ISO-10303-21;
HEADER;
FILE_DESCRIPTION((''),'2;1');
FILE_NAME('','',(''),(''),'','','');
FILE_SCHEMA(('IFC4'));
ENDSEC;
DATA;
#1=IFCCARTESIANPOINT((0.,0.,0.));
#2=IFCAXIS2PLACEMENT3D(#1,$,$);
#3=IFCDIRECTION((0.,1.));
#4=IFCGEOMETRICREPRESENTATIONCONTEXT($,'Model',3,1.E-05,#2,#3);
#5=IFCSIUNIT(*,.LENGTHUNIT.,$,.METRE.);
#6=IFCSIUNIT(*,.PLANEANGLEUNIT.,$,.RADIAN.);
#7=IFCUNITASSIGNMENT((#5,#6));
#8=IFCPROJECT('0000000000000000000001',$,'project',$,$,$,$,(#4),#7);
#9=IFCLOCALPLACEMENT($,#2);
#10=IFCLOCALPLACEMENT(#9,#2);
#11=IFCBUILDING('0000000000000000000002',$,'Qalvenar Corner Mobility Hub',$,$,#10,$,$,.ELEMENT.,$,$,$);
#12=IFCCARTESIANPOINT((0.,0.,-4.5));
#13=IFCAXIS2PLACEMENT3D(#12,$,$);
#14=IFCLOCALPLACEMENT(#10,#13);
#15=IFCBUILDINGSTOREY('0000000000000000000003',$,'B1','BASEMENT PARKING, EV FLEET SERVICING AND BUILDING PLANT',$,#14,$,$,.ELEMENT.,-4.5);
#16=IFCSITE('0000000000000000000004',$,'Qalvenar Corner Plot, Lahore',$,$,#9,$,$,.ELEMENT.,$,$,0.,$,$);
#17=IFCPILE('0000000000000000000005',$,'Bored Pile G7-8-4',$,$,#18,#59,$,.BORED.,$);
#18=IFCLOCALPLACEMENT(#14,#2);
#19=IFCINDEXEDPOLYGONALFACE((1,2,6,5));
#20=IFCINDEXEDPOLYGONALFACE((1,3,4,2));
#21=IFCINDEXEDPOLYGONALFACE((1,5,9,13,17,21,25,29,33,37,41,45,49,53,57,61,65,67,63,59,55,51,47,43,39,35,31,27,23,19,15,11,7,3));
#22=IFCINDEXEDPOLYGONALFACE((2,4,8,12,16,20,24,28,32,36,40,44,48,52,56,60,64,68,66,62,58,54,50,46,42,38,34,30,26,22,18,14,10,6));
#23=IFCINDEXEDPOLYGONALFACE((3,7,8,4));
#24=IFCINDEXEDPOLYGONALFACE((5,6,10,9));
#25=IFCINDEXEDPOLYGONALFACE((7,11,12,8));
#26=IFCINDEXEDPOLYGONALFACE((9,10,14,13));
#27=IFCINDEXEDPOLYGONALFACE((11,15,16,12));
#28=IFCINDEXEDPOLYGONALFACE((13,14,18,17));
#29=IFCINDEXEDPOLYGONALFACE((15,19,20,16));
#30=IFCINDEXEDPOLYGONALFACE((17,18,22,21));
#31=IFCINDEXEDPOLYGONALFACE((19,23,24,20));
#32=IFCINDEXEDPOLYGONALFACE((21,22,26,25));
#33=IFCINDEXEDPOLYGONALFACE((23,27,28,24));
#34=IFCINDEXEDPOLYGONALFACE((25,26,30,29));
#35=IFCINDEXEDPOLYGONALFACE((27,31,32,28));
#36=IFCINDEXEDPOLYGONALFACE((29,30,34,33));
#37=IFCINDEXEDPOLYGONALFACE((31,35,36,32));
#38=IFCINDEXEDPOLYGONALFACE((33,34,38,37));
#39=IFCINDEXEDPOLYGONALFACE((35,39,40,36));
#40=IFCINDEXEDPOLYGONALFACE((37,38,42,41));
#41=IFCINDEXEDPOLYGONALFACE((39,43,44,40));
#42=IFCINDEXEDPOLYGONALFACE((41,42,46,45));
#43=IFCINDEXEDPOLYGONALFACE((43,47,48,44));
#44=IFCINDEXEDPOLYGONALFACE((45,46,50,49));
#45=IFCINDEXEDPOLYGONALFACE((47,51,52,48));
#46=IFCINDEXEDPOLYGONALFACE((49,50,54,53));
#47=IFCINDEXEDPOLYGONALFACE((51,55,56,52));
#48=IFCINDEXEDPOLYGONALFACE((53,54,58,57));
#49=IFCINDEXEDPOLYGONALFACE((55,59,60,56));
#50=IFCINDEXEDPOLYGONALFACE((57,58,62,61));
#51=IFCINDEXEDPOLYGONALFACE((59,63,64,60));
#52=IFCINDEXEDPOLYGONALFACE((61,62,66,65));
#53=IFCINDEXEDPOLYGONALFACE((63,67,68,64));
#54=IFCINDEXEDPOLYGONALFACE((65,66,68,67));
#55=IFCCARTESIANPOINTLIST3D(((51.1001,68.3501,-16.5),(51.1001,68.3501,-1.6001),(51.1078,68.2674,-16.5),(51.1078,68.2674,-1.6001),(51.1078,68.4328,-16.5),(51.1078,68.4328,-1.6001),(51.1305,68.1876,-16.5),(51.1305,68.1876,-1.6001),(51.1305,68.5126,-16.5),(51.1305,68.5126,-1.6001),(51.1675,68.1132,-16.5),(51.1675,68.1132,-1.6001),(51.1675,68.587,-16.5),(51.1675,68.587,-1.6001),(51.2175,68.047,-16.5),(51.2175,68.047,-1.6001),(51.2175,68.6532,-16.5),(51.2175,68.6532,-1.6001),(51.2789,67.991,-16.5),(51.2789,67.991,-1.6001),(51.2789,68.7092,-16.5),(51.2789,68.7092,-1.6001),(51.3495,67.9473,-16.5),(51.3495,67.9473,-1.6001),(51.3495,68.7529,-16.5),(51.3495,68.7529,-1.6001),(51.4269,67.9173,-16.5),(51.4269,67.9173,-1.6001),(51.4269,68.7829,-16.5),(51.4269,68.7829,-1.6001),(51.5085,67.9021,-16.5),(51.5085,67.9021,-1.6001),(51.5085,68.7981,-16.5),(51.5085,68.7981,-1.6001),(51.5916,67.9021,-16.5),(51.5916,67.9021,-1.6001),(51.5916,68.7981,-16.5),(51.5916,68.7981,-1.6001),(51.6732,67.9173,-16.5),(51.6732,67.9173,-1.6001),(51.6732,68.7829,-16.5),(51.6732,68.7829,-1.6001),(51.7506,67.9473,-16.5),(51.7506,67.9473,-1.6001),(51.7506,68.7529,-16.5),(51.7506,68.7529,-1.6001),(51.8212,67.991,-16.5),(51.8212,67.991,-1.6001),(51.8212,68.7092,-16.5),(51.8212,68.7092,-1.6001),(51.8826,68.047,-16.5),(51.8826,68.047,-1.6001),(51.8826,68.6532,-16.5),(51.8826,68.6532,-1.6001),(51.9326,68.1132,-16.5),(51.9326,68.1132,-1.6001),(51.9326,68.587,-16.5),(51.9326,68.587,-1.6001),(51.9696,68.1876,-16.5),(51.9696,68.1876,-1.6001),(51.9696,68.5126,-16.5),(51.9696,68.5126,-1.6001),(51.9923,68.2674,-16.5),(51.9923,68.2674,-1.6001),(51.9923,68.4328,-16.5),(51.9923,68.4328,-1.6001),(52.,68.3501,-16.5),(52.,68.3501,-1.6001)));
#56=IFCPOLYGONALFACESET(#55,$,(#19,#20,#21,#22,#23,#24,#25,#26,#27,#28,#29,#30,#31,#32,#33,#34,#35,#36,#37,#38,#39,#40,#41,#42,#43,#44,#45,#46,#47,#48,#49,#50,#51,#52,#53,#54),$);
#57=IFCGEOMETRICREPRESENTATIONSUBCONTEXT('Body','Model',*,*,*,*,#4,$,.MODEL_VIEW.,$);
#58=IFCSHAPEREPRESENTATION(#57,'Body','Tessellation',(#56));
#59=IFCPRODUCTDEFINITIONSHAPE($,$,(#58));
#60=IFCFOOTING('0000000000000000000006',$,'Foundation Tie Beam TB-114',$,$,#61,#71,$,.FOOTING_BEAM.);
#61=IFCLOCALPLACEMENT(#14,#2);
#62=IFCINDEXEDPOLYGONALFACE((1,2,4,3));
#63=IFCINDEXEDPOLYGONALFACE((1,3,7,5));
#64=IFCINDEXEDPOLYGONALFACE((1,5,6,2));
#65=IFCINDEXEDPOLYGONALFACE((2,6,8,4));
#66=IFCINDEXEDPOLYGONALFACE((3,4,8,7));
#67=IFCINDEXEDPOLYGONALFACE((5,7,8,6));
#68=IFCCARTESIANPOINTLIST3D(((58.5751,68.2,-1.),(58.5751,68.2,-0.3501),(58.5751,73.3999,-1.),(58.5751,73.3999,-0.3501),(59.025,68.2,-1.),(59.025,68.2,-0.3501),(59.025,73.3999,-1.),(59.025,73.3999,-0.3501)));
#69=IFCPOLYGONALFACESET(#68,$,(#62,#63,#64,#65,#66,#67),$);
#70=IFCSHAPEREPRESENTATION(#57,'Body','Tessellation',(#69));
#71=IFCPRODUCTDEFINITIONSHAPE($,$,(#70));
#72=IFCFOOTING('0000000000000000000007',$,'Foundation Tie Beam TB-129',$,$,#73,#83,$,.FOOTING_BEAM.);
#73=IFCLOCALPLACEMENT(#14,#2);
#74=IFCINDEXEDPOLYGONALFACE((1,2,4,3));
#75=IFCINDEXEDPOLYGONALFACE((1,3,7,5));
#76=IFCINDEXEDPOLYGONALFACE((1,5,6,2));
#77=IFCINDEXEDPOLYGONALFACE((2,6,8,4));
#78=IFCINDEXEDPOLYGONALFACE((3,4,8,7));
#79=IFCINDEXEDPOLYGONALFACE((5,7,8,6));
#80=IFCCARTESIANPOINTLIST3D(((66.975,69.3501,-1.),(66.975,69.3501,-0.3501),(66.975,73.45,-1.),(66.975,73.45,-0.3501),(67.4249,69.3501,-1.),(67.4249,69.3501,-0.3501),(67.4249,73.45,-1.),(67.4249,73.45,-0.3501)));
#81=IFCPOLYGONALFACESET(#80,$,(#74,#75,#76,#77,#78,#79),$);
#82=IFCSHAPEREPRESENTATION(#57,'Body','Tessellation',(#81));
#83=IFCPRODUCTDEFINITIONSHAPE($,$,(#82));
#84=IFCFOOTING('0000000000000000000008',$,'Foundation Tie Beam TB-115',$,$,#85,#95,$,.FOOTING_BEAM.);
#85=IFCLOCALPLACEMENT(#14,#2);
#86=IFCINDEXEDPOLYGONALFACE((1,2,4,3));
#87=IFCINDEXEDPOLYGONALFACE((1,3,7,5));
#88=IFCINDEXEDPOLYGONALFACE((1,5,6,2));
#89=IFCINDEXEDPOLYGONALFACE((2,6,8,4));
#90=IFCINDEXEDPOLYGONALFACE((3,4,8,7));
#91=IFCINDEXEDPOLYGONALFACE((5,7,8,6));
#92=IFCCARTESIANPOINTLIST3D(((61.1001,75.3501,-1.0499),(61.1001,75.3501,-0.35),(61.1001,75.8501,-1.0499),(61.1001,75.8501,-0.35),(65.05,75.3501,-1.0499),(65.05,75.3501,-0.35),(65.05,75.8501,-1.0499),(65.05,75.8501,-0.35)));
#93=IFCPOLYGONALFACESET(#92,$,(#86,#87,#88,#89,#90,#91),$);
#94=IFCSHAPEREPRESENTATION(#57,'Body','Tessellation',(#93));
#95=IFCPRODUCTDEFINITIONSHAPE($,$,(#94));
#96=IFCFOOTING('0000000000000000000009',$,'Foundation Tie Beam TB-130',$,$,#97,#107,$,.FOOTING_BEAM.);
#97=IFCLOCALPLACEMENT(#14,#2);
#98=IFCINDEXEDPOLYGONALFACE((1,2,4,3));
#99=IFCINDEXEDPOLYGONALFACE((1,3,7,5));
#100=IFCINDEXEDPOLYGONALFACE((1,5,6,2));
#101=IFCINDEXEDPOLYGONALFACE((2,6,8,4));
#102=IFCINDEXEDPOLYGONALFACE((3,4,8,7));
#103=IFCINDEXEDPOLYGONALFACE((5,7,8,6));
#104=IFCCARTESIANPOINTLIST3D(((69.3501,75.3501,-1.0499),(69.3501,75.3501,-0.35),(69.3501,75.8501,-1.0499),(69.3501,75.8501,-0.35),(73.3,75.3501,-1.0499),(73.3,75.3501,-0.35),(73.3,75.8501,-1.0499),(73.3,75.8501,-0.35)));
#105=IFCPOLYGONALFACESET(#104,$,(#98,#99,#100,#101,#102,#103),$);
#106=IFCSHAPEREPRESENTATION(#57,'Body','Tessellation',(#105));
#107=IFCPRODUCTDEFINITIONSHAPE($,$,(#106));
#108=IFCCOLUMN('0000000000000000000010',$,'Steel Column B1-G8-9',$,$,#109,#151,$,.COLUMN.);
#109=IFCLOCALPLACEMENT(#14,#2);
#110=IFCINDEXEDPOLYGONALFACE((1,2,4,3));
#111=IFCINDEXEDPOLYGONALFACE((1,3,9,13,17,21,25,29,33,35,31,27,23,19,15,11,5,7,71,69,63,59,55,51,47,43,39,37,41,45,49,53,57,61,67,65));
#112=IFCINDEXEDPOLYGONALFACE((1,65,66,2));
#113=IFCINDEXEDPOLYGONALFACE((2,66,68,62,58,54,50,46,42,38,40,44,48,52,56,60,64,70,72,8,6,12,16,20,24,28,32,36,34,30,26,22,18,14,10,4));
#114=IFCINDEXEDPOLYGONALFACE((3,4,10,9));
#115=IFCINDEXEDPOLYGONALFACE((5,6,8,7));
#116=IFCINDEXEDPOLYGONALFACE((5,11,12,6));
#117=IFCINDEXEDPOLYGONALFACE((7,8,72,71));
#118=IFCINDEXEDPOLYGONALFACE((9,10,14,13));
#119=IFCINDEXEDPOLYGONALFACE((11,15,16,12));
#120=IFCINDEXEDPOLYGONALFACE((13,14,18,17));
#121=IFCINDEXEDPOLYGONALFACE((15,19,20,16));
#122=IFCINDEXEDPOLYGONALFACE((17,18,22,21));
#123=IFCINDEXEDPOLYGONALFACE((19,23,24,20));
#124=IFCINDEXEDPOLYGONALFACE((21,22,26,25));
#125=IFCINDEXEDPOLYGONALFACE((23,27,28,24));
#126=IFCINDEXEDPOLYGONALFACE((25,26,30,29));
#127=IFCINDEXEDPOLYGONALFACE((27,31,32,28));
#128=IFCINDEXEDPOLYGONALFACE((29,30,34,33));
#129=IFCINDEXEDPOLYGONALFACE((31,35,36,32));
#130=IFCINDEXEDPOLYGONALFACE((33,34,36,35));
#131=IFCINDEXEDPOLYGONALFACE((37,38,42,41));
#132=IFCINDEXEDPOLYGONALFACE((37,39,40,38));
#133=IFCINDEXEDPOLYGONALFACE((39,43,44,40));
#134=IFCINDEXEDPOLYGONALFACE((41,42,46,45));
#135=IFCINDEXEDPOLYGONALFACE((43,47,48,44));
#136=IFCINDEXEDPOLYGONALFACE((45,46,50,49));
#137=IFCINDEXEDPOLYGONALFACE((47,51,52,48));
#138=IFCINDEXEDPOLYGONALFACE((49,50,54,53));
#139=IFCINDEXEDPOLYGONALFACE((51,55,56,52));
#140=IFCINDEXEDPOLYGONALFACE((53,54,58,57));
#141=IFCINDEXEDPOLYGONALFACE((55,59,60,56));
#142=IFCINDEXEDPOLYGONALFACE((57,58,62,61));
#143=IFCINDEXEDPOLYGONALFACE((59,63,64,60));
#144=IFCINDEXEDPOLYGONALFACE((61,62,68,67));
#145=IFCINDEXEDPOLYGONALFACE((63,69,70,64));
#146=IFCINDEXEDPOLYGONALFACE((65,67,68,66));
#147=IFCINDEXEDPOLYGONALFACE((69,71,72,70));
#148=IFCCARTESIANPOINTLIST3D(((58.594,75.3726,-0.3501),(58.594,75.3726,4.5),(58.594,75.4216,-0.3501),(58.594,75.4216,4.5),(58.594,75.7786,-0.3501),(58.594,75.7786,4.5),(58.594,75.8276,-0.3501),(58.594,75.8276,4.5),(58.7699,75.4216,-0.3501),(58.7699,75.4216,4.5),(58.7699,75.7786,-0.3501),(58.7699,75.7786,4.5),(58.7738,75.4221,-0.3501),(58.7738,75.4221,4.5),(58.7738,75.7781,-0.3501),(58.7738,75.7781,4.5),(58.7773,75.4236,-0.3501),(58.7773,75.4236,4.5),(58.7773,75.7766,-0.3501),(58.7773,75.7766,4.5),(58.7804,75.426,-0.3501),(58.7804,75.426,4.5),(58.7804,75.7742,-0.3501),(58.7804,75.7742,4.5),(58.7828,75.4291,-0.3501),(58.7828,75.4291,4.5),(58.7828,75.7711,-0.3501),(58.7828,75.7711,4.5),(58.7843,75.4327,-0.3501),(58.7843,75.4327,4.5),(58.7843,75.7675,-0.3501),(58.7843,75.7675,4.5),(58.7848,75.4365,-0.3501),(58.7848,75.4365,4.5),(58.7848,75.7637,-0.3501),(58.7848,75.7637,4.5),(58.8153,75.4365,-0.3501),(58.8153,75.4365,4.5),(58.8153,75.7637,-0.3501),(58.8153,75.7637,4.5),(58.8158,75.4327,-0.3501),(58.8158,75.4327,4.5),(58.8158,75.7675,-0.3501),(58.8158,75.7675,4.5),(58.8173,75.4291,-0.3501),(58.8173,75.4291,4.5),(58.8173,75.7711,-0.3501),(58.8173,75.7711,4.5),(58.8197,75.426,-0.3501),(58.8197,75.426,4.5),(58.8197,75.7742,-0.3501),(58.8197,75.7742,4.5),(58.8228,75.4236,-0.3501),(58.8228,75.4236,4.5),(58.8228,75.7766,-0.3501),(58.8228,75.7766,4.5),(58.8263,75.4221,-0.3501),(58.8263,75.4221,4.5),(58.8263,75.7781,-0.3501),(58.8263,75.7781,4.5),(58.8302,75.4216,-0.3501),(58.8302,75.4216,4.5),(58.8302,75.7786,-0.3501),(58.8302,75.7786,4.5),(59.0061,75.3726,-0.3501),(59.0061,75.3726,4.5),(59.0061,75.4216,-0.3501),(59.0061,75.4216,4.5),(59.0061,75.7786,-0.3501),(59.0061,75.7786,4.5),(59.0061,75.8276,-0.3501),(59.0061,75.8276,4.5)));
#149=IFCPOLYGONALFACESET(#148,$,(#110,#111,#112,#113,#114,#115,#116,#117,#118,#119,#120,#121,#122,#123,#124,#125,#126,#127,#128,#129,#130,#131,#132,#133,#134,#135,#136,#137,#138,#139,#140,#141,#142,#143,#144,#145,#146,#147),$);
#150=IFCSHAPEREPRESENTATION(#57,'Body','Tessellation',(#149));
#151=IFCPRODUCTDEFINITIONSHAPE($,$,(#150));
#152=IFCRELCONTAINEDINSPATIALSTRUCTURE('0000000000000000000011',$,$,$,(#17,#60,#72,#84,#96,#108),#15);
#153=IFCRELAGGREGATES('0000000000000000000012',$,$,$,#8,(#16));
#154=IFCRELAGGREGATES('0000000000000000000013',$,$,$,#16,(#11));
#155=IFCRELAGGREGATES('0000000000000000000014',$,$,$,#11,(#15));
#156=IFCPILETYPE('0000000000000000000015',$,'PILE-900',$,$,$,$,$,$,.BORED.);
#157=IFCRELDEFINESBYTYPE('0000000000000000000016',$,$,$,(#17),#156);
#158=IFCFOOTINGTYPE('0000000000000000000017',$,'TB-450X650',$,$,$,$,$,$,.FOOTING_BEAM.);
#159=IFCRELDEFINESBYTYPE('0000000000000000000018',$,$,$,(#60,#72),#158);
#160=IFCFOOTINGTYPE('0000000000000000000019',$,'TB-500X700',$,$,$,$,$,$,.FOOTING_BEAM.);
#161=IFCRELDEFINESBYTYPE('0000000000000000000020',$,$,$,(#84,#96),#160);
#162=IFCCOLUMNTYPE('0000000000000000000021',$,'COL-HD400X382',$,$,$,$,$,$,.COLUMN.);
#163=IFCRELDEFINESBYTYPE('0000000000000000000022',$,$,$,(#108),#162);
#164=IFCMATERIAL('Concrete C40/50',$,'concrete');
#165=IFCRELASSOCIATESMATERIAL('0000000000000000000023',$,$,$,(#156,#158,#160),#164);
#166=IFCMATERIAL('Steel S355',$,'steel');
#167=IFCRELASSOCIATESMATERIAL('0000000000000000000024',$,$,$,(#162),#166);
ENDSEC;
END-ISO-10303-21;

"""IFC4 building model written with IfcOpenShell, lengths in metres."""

from ifc_helpers import new_model, si_unit, direction, frame, origin, origin_2d, place, context, subcontext, project, spatial, rectangle, circle, i_section, extrude, material, material_profile, profile_set, type_object, element, save


model = new_model("IFC4")

# Units and contexts
model_context = context("Model", 3, precision=1e-05, world=origin(), true_north=direction((0.0, 1.0)))
body_context = subcontext(model_context, "Body", "Model", "MODEL_VIEW")
ifc_project = project(units=[si_unit("LENGTHUNIT", "METRE"), si_unit("PLANEANGLEUNIT", "RADIAN")], contexts=[model_context])

# Site, building, storey
site_placement = place(None, origin())
site = spatial("IfcSite", under=ifc_project, at=site_placement, Name="Qalvenar Corner Plot, Lahore", CompositionType="ELEMENT", RefElevation=0.0)
building_placement = place(site_placement, origin())
building = spatial("IfcBuilding", under=site, at=building_placement, Name="Qalvenar Corner Mobility Hub", CompositionType="ELEMENT")
storey_placement = place(building_placement, frame((0.0, 0.0, -4.5)))
storey = spatial("IfcBuildingStorey", under=building, at=storey_placement, Name="B1", Description="BASEMENT PARKING, EV FLEET SERVICING AND BUILDING PLANT", CompositionType="ELEMENT", Elevation=-4.5)

# Shared definitions
ifc_material_1 = material(Name="Concrete C40/50", Category="concrete")

# Pile
ifc_material_profile_1 = material_profile(ifc_material_1, circle(Radius=0.45, at=origin_2d()), Name="DIA900")
ifc_profile_set_1 = profile_set([ifc_material_profile_1], Name="Concrete C40/50")
pile_type_1 = type_object("IfcPileType", Name="PILE-900", PredefinedType="BORED", material=ifc_profile_set_1)
for number, where, z_axis, x_axis, name in (
    (1, (51.55, 68.3501, -1.6001), (0.0, 0.0, -1.0), (1.0, 0.0, 0.0), "Bored Pile G7-8-4"),
):
    element("IfcPile", number, at=place(storey_placement, frame(where, z_axis=z_axis, x_axis=x_axis)), inside=storey, type_object=pile_type_1, Name=name, PredefinedType="BORED", context=body_context, shape_type="SweptSolid", body=[
        extrude(circle(Radius=0.45, at=origin_2d()), origin(), (0.0, 0.0, 1.0), 14.8999),
    ])

# Footings
ifc_material_profile_2 = material_profile(ifc_material_1, rectangle(XDim=0.45, YDim=0.6499, at=origin_2d()), Name="RC450x650")
ifc_profile_set_2 = profile_set([ifc_material_profile_2], Name="Concrete C40/50")
footing_type_1 = type_object("IfcFootingType", Name="TB-450X650", PredefinedType="FOOTING_BEAM", material=ifc_profile_set_2)
footing_1_placement = place(storey_placement, frame((58.8, 68.2, -0.675), z_axis=(0.0, 1.0, 0.0), x_axis=(-1.0, 0.0, 0.0)))
element("IfcFooting", 2, at=footing_1_placement, inside=storey, type_object=footing_type_1, Name="Foundation Tie Beam TB-114", PredefinedType="FOOTING_BEAM", context=body_context, shape_type="SweptSolid", body=[
    extrude(rectangle(XDim=0.45, YDim=0.6499, at=origin_2d()), origin(), (0.0, 0.0, 1.0), 5.2),
])
footing_2_placement = place(storey_placement, frame((67.2, 69.3501, -0.675), z_axis=(0.0, 1.0, 0.0), x_axis=(-1.0, 0.0, 0.0)))
element("IfcFooting", 3, at=footing_2_placement, inside=storey, type_object=footing_type_1, Name="Foundation Tie Beam TB-129", PredefinedType="FOOTING_BEAM", context=body_context, shape_type="SweptSolid", body=[
    extrude(rectangle(XDim=0.45, YDim=0.6499, at=origin_2d()), origin(), (0.0, 0.0, 1.0), 4.0999),
])
ifc_material_profile_3 = material_profile(ifc_material_1, rectangle(XDim=0.5, YDim=0.7, at=origin_2d()), Name="RC500x700")
ifc_profile_set_3 = profile_set([ifc_material_profile_3], Name="Concrete C40/50")
footing_type_2 = type_object("IfcFootingType", Name="TB-500X700", PredefinedType="FOOTING_BEAM", material=ifc_profile_set_3)
for number, where, z_axis, x_axis, name in (
    (4, (61.1001, 75.6001, -0.7), (1.0, 0.0, 0.0), (0.0, 1.0, 0.0), "Foundation Tie Beam TB-115"),
    (5, (69.3501, 75.6001, -0.7), (1.0, 0.0, 0.0), (0.0, 1.0, 0.0), "Foundation Tie Beam TB-130"),
):
    element("IfcFooting", number, at=place(storey_placement, frame(where, z_axis=z_axis, x_axis=x_axis)), inside=storey, type_object=footing_type_2, Name=name, PredefinedType="FOOTING_BEAM", context=body_context, shape_type="SweptSolid", body=[
        extrude(rectangle(XDim=0.5, YDim=0.7, at=origin_2d()), origin(), (0.0, 0.0, 1.0), 3.95),
    ])

# Column
ifc_material_2 = material(Name="Steel S355", Category="steel")
ifc_material_profile_4 = material_profile(ifc_material_2, i_section(OverallWidth=0.4121, OverallDepth=0.4551, WebThickness=0.0305, FlangeThickness=0.0491, FilletRadius=0.0149, at=origin_2d()), Name="HD400x421")
ifc_profile_set_4 = profile_set([ifc_material_profile_4], Name="Steel S355")
column_type_1 = type_object("IfcColumnType", Name="COL-HD400X382", PredefinedType="COLUMN", material=ifc_profile_set_4)
column_1_placement = place(storey_placement, frame((58.8, 75.6001, -0.3501), z_axis=(0.0, 0.0, 1.0), x_axis=(1.0, 0.0, 0.0)))
element("IfcColumn", 6, at=column_1_placement, inside=storey, type_object=column_type_1, Name="Steel Column B1-G8-9", PredefinedType="COLUMN", context=body_context, shape_type="SweptSolid", body=[
    extrude(i_section(OverallWidth=0.4121, OverallDepth=0.4551, WebThickness=0.0305, FlangeThickness=0.0491, FilletRadius=0.0149, at=origin_2d()), origin(), (0.0, 0.0, 1.0), 4.8501),
])

save(model, "model.ifc")
